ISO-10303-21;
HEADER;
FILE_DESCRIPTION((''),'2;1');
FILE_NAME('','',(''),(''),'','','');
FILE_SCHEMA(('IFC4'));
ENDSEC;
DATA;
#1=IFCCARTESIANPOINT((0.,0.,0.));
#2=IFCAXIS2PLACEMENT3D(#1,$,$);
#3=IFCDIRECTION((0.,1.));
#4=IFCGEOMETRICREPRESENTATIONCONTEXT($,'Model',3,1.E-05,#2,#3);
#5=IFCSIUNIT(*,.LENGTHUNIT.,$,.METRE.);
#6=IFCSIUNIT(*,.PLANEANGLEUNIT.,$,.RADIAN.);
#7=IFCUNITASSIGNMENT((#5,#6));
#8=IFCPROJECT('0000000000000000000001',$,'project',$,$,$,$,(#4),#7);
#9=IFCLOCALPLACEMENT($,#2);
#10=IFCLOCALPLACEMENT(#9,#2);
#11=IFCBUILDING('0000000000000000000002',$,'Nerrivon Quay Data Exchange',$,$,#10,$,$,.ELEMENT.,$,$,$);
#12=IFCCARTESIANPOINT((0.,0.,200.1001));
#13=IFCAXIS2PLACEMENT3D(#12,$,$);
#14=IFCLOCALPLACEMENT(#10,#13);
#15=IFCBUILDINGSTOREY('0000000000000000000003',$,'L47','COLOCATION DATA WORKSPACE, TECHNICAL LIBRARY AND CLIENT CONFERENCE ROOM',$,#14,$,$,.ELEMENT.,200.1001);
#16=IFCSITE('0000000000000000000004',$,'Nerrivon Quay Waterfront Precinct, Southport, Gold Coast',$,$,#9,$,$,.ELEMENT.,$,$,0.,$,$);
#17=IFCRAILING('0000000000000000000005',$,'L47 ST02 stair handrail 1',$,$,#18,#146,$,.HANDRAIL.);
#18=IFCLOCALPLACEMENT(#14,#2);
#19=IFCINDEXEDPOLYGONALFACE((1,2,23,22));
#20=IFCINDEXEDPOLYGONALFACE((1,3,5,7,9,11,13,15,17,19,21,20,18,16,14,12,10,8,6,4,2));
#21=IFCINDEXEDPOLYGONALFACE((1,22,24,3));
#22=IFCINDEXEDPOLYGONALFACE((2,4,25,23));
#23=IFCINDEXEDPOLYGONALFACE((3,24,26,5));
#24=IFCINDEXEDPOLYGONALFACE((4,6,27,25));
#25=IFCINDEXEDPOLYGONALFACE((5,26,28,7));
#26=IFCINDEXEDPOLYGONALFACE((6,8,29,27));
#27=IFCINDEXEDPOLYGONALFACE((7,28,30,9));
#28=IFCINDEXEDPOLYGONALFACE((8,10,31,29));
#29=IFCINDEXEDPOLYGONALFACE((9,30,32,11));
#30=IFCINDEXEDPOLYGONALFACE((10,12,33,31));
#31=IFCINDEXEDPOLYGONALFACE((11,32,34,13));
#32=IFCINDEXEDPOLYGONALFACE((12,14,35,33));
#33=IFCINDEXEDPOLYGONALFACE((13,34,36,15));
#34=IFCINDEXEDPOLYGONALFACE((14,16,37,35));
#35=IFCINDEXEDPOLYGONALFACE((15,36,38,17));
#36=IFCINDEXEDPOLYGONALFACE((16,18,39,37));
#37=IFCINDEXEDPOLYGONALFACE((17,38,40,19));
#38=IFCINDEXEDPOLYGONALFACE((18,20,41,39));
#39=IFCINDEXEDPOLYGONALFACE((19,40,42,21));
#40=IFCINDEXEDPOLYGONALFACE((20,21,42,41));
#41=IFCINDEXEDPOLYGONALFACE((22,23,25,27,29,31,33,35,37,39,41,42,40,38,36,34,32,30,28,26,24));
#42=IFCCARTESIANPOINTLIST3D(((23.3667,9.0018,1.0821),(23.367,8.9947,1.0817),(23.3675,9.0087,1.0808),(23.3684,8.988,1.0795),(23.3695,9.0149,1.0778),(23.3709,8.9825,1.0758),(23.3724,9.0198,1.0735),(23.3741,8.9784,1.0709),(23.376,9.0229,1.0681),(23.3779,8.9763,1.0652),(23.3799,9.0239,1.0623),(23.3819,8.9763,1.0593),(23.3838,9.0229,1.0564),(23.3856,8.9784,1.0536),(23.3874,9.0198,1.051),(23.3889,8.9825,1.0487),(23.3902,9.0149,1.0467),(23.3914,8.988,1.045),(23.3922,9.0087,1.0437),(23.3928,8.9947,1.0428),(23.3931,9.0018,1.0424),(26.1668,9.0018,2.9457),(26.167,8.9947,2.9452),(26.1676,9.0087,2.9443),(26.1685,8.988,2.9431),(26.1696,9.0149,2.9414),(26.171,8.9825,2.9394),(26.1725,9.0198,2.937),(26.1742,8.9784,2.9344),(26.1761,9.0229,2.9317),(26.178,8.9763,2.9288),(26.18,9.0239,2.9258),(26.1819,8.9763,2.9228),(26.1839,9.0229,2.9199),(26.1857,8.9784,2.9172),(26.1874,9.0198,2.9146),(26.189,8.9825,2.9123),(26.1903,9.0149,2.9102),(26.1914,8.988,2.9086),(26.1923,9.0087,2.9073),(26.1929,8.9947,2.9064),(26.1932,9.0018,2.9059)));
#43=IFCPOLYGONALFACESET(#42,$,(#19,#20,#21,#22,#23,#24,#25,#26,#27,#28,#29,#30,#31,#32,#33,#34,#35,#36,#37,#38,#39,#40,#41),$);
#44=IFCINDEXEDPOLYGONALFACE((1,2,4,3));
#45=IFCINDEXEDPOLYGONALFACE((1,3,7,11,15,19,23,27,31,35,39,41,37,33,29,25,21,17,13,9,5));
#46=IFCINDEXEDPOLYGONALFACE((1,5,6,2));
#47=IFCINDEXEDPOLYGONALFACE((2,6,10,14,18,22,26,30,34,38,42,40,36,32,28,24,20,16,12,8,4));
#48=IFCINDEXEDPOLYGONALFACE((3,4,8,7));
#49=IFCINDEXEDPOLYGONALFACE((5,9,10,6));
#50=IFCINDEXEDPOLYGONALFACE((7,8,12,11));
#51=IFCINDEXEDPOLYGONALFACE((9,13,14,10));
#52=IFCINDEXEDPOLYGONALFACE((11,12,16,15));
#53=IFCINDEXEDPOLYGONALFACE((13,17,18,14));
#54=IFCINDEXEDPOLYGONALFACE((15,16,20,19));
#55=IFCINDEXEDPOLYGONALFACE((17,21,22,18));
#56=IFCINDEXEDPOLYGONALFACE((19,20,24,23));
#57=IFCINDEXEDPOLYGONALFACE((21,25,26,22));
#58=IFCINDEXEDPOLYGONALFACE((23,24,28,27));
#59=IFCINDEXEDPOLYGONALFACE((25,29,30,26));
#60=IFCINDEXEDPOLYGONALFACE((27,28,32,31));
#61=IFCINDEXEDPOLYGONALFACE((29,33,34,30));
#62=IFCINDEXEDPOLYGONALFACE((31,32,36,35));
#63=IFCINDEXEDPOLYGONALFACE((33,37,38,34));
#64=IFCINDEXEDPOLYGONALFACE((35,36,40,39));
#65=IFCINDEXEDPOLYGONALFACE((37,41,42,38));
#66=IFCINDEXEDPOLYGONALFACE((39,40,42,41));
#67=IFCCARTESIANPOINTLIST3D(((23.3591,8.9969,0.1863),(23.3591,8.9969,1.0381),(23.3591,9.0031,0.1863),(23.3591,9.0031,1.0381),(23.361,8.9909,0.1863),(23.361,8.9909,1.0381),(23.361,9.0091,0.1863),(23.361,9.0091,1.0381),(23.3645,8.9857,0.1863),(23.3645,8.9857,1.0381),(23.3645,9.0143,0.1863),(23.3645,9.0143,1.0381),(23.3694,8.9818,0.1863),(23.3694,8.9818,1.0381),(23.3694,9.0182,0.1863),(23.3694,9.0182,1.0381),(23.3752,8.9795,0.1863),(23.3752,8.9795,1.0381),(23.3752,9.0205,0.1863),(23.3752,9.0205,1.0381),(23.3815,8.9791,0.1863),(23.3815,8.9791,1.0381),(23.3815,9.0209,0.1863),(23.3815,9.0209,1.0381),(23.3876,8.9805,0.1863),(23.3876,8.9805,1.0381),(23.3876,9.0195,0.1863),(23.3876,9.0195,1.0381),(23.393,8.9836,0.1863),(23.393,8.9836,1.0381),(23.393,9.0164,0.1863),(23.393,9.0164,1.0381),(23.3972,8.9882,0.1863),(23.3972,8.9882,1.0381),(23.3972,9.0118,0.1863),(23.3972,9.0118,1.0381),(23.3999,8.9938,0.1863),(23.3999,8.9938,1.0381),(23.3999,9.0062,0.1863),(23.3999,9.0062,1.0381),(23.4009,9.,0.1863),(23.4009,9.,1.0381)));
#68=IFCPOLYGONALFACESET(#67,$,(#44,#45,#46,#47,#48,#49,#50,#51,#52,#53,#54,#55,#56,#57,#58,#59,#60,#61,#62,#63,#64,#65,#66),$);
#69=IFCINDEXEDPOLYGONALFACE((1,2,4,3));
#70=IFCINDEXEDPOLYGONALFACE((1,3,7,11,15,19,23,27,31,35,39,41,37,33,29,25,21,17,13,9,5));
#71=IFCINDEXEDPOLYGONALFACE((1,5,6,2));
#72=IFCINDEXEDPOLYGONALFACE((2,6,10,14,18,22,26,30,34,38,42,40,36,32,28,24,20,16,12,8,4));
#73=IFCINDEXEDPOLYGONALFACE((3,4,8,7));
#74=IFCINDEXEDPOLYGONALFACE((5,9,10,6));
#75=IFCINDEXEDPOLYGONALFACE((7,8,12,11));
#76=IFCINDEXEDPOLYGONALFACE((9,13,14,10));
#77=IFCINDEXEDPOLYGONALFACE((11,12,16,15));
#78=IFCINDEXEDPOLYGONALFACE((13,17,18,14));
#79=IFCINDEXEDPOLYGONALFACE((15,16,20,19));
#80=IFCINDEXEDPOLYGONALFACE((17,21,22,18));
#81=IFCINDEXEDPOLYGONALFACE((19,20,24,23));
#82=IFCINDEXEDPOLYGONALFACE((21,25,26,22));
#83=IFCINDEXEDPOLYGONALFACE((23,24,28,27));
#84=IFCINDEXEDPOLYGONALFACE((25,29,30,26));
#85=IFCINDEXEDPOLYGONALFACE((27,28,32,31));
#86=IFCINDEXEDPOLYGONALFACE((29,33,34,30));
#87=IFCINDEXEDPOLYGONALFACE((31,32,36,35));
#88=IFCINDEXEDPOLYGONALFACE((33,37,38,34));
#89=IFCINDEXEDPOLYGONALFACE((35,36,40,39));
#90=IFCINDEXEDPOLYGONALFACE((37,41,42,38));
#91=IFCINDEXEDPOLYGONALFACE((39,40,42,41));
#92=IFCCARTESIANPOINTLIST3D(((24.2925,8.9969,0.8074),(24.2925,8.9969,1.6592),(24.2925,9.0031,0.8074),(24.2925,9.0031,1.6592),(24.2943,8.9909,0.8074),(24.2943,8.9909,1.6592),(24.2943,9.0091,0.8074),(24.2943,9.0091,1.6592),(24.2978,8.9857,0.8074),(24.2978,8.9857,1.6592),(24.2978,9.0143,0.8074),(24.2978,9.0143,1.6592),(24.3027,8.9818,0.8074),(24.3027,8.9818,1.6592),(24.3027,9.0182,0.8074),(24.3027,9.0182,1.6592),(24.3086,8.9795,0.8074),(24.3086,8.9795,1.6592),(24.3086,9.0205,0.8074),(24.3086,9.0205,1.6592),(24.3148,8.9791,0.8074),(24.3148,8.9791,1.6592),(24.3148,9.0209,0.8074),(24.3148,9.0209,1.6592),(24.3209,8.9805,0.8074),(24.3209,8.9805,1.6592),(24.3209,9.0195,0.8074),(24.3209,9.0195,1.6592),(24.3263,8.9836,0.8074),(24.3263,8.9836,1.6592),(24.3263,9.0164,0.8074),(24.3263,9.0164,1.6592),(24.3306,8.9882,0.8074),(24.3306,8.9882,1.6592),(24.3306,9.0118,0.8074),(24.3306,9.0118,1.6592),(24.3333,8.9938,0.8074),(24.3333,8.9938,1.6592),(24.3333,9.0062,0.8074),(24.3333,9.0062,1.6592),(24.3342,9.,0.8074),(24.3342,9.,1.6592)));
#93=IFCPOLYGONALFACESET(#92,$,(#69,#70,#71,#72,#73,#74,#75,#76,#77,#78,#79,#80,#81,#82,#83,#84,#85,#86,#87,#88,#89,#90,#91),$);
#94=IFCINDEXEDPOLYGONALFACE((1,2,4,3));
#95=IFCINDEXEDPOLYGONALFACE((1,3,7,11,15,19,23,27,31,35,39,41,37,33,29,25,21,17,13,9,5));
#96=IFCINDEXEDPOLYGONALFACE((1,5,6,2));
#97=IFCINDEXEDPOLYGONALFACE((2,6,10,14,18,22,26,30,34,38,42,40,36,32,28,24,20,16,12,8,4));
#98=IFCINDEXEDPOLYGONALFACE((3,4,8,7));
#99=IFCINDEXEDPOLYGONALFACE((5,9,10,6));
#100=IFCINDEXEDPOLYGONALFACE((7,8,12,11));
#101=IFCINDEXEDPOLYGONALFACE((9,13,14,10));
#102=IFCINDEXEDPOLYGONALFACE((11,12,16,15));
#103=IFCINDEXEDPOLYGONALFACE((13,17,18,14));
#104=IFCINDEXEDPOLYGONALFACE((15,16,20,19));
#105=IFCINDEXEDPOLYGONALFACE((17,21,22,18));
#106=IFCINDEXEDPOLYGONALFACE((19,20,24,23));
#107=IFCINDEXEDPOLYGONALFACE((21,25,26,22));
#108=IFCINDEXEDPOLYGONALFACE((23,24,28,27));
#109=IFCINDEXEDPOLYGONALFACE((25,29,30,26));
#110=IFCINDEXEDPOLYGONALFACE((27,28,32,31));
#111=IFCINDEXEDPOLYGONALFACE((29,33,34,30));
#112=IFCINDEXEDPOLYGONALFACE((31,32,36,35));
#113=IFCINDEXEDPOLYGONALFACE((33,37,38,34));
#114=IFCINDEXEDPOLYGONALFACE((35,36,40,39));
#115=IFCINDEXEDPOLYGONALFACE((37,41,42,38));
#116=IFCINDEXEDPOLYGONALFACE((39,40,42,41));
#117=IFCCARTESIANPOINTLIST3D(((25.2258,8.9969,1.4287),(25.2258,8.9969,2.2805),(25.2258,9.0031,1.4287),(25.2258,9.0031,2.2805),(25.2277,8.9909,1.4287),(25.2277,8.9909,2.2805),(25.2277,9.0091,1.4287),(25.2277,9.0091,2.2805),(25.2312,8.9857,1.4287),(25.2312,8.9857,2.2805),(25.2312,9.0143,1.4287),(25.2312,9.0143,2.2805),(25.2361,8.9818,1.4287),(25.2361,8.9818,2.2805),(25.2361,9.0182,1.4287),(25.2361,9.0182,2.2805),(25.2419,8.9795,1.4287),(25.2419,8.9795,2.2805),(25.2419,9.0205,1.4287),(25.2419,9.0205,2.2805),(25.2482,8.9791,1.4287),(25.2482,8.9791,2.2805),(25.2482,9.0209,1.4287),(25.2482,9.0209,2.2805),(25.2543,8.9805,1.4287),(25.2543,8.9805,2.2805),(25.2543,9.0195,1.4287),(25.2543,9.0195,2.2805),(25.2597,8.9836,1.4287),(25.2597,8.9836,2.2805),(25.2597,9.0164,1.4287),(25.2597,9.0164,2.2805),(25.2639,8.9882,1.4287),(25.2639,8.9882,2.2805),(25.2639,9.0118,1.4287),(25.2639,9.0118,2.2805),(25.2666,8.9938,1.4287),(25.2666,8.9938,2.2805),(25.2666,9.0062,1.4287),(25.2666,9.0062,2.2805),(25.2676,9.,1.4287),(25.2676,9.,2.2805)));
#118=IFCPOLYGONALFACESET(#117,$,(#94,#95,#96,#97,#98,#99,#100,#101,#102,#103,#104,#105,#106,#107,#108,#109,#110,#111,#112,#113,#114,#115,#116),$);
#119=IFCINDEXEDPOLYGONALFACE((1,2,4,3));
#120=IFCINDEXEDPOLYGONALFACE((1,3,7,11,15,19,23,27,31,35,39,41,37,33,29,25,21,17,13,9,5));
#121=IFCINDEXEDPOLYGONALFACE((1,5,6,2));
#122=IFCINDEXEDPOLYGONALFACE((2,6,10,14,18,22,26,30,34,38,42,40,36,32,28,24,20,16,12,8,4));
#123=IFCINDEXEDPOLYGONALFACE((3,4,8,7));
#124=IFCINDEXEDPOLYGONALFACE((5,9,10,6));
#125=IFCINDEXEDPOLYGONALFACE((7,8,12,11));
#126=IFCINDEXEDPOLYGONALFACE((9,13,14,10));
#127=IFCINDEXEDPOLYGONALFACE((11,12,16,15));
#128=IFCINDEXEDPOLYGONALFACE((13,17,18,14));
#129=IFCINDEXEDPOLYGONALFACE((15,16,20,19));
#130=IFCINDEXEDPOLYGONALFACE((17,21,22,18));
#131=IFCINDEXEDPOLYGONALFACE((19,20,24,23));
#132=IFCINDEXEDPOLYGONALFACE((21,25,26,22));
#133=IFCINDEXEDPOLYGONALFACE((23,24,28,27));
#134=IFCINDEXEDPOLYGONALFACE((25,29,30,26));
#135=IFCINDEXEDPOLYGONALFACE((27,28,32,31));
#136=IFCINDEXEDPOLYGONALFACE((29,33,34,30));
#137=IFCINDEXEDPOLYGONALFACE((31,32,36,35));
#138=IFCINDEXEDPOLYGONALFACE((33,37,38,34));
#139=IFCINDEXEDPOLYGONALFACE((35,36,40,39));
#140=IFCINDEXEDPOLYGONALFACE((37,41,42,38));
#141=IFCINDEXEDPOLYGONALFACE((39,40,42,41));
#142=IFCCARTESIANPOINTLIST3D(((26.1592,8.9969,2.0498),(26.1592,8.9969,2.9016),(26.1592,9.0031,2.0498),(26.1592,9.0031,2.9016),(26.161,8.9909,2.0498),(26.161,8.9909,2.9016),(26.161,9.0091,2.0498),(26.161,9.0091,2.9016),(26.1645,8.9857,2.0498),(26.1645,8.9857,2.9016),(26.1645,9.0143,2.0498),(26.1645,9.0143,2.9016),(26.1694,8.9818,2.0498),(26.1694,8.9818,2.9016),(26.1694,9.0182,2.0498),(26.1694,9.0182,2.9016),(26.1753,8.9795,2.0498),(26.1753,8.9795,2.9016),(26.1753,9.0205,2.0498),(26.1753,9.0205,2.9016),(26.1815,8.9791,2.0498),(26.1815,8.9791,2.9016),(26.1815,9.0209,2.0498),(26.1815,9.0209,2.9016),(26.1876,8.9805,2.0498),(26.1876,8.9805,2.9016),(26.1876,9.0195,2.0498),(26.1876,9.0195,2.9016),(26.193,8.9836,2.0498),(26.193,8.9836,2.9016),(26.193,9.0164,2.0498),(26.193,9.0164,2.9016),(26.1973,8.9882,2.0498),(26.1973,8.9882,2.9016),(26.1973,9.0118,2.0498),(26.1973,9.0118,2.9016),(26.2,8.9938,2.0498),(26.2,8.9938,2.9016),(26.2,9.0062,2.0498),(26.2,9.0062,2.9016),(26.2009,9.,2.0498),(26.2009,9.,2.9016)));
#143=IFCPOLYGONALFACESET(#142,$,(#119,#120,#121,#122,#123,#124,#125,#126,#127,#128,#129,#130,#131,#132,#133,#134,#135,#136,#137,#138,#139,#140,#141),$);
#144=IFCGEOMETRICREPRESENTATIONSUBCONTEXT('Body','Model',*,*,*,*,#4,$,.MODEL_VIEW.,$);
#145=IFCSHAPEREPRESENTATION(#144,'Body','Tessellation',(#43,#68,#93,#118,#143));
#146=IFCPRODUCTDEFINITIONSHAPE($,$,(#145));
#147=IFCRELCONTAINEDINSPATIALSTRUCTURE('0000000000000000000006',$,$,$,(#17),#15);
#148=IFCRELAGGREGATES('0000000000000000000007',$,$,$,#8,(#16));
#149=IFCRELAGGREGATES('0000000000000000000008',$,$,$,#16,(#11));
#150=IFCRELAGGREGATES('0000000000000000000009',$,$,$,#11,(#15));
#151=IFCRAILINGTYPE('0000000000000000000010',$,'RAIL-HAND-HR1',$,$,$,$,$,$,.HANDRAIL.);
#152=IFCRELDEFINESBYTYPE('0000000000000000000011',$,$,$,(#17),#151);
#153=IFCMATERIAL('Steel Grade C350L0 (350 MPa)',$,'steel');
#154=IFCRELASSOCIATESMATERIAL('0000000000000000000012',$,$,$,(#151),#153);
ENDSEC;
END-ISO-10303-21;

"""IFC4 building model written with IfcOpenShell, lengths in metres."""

from ifc_helpers import new_model, si_unit, direction, frame, origin, origin_2d, place, context, subcontext, project, spatial, circle, extrude, material, type_object, element, save


model = new_model("IFC4")

# Units and contexts
model_context = context("Model", 3, precision=1e-05, world=origin(), true_north=direction((0.0, 1.0)))
body_context = subcontext(model_context, "Body", "Model", "MODEL_VIEW")
ifc_project = project(units=[si_unit("LENGTHUNIT", "METRE"), si_unit("PLANEANGLEUNIT", "RADIAN")], contexts=[model_context])

# Site, building, storey
site_placement = place(None, origin())
site = spatial("IfcSite", under=ifc_project, at=site_placement, Name="Nerrivon Quay Waterfront Precinct, Southport, Gold Coast", CompositionType="ELEMENT", RefElevation=0.0)
building_placement = place(site_placement, origin())
building = spatial("IfcBuilding", under=site, at=building_placement, Name="Nerrivon Quay Data Exchange", CompositionType="ELEMENT")
storey_placement = place(building_placement, frame((0.0, 0.0, 200.1001)))
storey = spatial("IfcBuildingStorey", under=building, at=storey_placement, Name="L47", Description="COLOCATION DATA WORKSPACE, TECHNICAL LIBRARY AND CLIENT CONFERENCE ROOM", CompositionType="ELEMENT", Elevation=200.1001)

# Railing
ifc_material_1 = material(Name="Steel Grade C350L0 (350 MPa)", Category="steel")
railing_type_1 = type_object("IfcRailingType", Name="RAIL-HAND-HR1", PredefinedType="HANDRAIL", material=ifc_material_1)
railing_1_placement = place(storey_placement, frame((23.3799, 9.0, 0.1863)))
element("IfcRailing", 1, at=railing_1_placement, inside=storey, type_object=railing_type_1, Name="L47 ST02 stair handrail 1", PredefinedType="HANDRAIL", context=body_context, shape_type="SweptSolid", body=[
    extrude(circle(Radius=0.0239, at=origin_2d()), frame((0.0, 0.0, 0.876), z_axis=(0.832486, 0.0, 0.554047), x_axis=(0.0, 1.0, 0.0)), (0.0, 0.0, 1.0), 3.3635),
    extrude(circle(Radius=0.021, at=origin_2d()), origin(), (0.0, 0.0, 1.0), 0.8518),
    extrude(circle(Radius=0.021, at=origin_2d()), frame((0.9333, 0.0, 0.6211)), (0.0, 0.0, 1.0), 0.8518),
    extrude(circle(Radius=0.021, at=origin_2d()), frame((1.8667, 0.0, 1.2424)), (0.0, 0.0, 1.0), 0.8518),
    extrude(circle(Radius=0.021, at=origin_2d()), frame((2.8, 0.0, 1.8635)), (0.0, 0.0, 1.0), 0.8518),
])

save(model, "model.ifc")
